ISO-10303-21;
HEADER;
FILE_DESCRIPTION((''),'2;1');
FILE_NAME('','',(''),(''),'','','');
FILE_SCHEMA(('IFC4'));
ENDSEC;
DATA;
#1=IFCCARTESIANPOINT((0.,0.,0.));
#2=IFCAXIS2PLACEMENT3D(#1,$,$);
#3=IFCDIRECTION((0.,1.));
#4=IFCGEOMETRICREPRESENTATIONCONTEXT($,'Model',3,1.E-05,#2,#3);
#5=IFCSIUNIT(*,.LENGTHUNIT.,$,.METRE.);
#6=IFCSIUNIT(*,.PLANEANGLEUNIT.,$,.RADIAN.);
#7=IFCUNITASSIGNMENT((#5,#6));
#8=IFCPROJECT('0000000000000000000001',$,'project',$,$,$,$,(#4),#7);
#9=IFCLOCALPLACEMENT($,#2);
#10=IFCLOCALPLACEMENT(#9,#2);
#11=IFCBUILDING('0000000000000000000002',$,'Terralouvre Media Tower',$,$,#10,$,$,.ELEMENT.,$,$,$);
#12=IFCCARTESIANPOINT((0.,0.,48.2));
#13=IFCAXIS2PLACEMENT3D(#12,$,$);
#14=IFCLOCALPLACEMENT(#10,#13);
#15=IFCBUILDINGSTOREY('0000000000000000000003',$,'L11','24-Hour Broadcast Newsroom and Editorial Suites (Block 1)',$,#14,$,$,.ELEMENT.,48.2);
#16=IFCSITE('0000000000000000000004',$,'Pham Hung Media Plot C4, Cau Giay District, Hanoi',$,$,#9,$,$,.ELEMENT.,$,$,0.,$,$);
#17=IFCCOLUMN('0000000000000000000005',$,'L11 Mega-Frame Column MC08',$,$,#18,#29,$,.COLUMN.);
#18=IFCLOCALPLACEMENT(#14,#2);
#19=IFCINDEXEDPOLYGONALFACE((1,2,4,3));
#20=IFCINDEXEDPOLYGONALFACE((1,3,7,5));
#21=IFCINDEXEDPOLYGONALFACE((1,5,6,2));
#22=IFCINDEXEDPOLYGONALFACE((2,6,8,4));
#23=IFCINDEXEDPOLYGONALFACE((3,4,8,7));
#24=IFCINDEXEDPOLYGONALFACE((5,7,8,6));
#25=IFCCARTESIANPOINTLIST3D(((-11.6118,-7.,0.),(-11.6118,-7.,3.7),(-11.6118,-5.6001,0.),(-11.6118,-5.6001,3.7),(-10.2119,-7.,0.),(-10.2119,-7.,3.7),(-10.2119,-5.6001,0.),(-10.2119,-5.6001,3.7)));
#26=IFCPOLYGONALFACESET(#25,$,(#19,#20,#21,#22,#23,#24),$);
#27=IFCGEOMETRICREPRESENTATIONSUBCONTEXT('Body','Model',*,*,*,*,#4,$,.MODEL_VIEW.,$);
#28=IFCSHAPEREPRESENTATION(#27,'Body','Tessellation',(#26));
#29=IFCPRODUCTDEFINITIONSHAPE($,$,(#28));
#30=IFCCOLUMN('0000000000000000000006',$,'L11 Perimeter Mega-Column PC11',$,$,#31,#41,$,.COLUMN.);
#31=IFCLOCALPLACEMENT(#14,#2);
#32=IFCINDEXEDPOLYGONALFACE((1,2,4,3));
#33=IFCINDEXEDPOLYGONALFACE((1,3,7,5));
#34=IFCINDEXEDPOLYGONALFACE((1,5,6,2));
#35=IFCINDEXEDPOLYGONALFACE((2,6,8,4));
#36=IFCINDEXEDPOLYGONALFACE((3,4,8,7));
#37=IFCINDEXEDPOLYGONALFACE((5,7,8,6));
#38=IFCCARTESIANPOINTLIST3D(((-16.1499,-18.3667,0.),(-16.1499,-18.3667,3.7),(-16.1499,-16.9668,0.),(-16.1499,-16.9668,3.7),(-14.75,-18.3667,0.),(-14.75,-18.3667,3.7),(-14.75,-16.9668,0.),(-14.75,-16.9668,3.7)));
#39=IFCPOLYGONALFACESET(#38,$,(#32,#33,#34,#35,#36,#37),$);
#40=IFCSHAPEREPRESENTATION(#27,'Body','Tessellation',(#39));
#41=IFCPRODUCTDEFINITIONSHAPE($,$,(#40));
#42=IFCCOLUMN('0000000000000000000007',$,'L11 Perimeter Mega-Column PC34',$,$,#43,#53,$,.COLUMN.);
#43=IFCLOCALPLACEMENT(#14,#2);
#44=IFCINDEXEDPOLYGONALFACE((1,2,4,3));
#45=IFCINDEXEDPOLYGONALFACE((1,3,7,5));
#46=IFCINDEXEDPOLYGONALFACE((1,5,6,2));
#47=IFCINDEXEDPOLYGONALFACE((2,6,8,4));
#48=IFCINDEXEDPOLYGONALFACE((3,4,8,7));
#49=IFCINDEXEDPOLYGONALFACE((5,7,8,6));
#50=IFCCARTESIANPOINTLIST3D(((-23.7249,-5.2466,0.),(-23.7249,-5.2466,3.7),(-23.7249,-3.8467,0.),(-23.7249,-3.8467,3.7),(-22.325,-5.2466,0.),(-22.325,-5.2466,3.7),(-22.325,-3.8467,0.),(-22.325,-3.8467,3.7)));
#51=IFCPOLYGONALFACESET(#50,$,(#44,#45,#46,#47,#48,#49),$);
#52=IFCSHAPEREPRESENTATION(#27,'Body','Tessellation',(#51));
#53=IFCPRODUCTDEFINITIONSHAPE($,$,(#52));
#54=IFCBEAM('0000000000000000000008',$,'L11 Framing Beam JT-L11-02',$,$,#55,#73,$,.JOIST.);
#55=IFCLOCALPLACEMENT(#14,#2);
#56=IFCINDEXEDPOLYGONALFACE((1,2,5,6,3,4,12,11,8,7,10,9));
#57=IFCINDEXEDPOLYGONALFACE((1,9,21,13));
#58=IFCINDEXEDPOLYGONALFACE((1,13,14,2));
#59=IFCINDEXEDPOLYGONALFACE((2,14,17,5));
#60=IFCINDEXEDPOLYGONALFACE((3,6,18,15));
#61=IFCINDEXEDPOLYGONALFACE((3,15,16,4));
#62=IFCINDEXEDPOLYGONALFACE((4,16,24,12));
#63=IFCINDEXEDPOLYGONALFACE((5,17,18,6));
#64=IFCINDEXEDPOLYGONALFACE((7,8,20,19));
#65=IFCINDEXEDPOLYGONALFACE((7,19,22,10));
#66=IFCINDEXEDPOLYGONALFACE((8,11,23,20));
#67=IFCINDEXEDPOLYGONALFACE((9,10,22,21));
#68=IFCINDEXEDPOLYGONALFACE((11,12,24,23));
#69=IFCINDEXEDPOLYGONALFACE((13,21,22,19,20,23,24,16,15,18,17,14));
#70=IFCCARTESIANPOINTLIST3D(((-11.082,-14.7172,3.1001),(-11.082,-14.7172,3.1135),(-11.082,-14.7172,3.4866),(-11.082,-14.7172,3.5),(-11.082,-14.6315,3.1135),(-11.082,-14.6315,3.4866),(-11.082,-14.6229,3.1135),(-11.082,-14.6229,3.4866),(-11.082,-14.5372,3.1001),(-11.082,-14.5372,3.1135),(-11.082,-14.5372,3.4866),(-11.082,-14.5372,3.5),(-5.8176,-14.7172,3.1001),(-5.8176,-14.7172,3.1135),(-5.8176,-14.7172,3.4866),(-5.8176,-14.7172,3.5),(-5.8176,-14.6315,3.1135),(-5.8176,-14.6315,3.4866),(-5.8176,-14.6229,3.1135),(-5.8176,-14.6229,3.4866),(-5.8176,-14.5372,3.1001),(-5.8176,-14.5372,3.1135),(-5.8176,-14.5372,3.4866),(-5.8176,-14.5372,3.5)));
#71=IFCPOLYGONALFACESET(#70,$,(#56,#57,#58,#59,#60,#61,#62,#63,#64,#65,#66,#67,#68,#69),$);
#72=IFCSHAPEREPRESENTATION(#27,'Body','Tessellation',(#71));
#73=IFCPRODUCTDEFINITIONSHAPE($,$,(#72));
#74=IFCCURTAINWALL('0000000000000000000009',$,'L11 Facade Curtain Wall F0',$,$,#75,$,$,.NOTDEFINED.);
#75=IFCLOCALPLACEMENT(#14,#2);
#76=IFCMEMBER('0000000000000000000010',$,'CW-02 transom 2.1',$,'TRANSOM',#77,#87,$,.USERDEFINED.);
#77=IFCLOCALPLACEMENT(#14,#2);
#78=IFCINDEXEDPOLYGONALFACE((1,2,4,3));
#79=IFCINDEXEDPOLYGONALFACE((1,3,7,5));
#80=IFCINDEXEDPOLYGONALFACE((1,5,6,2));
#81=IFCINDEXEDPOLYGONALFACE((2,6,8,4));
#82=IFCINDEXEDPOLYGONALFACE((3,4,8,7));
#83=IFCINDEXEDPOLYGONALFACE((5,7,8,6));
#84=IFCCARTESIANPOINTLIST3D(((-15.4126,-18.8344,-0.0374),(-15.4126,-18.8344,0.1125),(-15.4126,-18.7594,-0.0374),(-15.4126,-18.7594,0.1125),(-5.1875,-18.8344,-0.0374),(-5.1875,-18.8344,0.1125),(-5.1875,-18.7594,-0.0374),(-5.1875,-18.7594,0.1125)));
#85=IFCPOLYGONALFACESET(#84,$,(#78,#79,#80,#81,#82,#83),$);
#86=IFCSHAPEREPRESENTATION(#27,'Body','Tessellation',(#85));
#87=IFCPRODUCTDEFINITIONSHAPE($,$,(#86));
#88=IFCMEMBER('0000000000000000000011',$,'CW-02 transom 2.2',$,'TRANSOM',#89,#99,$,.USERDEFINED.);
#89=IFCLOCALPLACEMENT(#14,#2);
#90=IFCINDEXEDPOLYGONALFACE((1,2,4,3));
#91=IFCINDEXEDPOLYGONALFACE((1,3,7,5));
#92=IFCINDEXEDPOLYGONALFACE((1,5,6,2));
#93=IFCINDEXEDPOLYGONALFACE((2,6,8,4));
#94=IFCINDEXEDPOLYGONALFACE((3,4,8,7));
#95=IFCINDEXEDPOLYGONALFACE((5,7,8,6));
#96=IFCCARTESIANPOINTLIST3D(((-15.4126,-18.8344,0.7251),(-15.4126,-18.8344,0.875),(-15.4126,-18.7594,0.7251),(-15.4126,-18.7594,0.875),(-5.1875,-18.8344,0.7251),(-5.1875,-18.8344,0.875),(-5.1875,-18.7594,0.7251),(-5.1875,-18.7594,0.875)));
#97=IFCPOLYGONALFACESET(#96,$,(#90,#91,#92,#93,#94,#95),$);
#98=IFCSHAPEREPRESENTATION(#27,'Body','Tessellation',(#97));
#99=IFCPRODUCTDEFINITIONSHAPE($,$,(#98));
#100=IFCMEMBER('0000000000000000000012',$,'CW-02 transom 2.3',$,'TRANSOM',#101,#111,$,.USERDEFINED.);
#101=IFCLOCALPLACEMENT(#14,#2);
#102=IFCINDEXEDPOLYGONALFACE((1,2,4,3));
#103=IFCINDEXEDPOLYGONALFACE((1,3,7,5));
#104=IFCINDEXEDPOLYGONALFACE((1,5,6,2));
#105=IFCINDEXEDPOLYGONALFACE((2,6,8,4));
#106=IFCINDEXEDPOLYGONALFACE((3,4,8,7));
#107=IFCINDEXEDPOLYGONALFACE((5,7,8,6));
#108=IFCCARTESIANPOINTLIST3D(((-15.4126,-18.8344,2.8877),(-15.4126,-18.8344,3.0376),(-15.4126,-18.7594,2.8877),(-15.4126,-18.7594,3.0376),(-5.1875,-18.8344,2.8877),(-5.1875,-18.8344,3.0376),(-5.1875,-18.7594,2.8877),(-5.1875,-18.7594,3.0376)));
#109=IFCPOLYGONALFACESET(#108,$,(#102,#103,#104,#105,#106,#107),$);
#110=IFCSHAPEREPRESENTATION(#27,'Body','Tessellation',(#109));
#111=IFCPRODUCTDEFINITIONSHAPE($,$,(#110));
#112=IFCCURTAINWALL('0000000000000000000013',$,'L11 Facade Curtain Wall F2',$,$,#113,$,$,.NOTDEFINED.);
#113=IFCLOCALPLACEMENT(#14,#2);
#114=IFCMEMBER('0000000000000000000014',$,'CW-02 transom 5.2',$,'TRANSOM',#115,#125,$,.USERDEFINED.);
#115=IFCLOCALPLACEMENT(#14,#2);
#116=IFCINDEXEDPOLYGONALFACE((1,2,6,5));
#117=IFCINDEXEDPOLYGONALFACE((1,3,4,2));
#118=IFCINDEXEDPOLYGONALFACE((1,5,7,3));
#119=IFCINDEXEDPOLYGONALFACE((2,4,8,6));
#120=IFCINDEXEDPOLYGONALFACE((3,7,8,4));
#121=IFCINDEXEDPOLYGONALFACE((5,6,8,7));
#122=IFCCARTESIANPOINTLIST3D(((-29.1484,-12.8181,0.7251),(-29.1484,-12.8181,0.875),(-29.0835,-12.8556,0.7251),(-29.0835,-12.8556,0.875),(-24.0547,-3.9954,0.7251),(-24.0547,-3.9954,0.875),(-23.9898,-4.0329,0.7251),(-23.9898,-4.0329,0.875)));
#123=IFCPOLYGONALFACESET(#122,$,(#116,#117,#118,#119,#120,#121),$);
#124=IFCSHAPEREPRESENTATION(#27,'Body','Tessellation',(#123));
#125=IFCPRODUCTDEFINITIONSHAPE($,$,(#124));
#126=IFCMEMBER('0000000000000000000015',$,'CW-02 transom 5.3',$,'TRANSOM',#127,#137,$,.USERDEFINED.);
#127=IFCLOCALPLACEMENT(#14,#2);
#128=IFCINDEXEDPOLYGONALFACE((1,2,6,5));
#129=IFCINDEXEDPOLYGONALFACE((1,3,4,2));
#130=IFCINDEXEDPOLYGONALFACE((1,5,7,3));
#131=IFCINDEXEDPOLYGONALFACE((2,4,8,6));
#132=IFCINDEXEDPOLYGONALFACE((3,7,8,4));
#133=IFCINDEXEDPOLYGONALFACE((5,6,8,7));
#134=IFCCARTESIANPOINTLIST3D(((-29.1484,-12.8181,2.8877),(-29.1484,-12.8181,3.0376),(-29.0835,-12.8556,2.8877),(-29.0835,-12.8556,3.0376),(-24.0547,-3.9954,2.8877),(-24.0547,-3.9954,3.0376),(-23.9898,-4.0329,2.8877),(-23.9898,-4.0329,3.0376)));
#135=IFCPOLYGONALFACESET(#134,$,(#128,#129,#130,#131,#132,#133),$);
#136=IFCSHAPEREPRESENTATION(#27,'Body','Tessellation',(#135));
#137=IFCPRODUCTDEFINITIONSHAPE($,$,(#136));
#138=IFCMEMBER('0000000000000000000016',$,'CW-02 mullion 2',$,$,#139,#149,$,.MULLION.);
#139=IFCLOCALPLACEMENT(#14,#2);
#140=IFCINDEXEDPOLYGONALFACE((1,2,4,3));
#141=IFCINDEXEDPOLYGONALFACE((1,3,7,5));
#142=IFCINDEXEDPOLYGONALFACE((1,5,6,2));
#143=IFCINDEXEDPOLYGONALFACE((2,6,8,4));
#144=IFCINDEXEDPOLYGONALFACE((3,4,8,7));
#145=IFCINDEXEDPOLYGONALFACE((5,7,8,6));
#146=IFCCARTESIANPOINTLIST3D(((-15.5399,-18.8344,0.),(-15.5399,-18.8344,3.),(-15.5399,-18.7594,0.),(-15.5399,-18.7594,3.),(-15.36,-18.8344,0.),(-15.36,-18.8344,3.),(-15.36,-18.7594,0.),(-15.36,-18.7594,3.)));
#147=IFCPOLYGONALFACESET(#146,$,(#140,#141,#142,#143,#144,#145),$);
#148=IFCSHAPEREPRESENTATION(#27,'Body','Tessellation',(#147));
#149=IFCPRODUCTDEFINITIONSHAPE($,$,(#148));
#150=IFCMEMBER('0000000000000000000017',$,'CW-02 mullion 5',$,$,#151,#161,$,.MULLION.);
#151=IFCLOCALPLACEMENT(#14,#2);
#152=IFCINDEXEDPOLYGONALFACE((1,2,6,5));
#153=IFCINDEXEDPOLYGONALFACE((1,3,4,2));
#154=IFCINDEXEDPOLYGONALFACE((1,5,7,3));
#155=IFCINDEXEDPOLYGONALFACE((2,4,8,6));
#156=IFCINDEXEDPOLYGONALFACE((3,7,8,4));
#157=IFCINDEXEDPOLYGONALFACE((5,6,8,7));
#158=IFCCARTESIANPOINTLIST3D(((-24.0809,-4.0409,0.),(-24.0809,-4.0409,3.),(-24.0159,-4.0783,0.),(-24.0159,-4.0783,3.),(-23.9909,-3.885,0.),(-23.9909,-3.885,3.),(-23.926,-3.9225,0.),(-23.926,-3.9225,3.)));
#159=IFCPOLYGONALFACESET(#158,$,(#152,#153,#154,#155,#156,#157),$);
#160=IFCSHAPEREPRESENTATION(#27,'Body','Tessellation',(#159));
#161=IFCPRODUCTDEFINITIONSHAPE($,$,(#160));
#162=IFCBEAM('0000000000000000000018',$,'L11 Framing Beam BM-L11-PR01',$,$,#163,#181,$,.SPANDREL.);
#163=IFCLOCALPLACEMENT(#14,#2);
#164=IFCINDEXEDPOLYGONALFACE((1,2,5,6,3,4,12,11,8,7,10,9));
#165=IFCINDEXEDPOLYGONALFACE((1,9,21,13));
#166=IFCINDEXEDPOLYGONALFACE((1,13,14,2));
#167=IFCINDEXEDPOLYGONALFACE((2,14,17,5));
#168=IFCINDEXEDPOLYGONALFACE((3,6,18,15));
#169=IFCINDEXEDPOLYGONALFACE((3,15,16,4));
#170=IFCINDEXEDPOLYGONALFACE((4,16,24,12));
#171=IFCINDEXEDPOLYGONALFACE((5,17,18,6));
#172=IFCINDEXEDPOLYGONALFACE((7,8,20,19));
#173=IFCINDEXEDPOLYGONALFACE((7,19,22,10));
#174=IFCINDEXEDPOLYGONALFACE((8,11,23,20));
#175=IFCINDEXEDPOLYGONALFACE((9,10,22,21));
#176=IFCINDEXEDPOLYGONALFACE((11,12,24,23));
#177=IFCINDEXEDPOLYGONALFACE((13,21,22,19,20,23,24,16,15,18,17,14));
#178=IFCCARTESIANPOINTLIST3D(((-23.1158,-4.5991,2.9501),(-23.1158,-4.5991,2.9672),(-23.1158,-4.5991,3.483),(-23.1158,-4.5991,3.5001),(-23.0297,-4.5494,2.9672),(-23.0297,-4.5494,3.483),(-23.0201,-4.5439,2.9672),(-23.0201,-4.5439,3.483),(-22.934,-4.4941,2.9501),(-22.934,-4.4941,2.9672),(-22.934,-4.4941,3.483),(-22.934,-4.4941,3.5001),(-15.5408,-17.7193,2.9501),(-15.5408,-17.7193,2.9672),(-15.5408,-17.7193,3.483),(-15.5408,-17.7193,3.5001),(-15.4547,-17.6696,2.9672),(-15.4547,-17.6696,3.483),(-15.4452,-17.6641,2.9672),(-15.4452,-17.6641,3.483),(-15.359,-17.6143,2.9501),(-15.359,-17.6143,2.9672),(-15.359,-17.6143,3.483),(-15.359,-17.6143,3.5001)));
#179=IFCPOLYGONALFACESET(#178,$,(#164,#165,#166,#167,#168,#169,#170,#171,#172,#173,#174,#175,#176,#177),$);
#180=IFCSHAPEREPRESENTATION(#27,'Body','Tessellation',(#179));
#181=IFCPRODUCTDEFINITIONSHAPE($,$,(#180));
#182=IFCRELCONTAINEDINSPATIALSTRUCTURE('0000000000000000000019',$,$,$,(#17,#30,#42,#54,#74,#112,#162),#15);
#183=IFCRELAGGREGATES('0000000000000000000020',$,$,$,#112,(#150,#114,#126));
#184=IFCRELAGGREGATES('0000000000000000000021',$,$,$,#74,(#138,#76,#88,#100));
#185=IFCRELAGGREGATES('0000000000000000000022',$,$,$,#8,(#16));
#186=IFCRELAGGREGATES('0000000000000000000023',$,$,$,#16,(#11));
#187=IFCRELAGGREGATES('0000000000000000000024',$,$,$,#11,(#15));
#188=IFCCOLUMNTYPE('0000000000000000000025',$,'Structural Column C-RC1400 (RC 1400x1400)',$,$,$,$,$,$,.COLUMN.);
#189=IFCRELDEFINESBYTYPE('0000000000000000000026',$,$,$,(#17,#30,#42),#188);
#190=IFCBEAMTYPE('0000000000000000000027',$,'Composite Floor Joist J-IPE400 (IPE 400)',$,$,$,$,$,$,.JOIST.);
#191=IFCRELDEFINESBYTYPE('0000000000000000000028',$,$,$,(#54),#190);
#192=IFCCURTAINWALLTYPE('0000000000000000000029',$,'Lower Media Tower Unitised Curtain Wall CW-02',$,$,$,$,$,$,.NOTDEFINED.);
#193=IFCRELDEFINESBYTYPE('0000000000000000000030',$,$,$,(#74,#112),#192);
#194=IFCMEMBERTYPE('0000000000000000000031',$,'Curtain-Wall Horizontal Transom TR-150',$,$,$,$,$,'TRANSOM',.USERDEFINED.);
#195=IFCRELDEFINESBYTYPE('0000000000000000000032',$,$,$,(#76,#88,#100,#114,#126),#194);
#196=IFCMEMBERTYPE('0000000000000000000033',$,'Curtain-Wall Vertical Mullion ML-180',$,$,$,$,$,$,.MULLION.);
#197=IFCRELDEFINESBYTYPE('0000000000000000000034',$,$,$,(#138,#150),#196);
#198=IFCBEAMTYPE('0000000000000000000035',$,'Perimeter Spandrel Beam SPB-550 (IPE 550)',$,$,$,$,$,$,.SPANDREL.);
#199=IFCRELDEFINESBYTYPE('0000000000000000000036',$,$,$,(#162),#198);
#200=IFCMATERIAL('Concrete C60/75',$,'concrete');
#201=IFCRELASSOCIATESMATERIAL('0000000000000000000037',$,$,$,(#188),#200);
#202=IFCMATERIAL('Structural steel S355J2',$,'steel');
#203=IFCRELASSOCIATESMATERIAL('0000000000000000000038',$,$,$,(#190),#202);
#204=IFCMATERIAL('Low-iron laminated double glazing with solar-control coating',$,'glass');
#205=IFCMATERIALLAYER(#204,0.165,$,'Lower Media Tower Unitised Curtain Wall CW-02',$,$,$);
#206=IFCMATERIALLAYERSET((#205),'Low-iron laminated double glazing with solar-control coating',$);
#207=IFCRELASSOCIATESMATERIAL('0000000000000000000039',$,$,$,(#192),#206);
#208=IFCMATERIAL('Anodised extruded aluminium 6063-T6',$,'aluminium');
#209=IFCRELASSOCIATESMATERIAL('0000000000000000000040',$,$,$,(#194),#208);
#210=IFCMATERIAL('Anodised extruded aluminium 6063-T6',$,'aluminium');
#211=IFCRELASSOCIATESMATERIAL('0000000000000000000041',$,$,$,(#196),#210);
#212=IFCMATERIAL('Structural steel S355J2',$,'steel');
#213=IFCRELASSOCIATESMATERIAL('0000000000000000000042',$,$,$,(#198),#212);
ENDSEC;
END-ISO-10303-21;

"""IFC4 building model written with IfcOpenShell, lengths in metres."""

from ifc_helpers import new_model, si_unit, direction, frame, origin, origin_2d, place, context, subcontext, project, spatial, rectangle, i_section, extrude, material, layer, layer_set, material_profile, profile_set, type_object, element, aggregate, save


model = new_model("IFC4")

# Units and contexts
model_context = context("Model", 3, precision=1e-05, world=origin(), true_north=direction((0.0, 1.0)))
body_context = subcontext(model_context, "Body", "Model", "MODEL_VIEW")
ifc_project = project(units=[si_unit("LENGTHUNIT", "METRE"), si_unit("PLANEANGLEUNIT", "RADIAN")], contexts=[model_context])

# Site, building, storey
site_placement = place(None, origin())
site = spatial("IfcSite", under=ifc_project, at=site_placement, Name="Pham Hung Media Plot C4, Cau Giay District, Hanoi", CompositionType="ELEMENT", RefElevation=0.0)
building_placement = place(site_placement, origin())
building = spatial("IfcBuilding", under=site, at=building_placement, Name="Terralouvre Media Tower", CompositionType="ELEMENT")
storey_placement = place(building_placement, frame((0.0, 0.0, 48.2)))
storey = spatial("IfcBuildingStorey", under=building, at=storey_placement, Name="L11", Description="24-Hour Broadcast Newsroom and Editorial Suites (Block 1)", CompositionType="ELEMENT", Elevation=48.2)

# Columns
ifc_material_1 = material(Name="Concrete C60/75", Category="concrete")
ifc_material_profile_1 = material_profile(ifc_material_1, rectangle(XDim=1.3999, YDim=1.3999, at=origin_2d()), Name="RC 1400x1400")
ifc_profile_set_1 = profile_set([ifc_material_profile_1], Name="Concrete C60/75")
column_type = type_object("IfcColumnType", Name="Structural Column C-RC1400 (RC 1400x1400)", PredefinedType="COLUMN", material=ifc_profile_set_1)
for number, where, z_axis, x_axis, name in (
    (1, (-10.9119, -6.3, 0.0), (0.0, 0.0, 1.0), (1.0, 0.0, 0.0), "L11 Mega-Frame Column MC08"),
    (2, (-15.45, -17.6667, 0.0), (0.0, 0.0, 1.0), (1.0, 0.0, 0.0), "L11 Perimeter Mega-Column PC11"),
    (3, (-23.0249, -4.5466, 0.0), (0.0, 0.0, 1.0), (1.0, 0.0, 0.0), "L11 Perimeter Mega-Column PC34"),
):
    element("IfcColumn", number, at=place(storey_placement, frame(where, z_axis=z_axis, x_axis=x_axis)), inside=storey, type_object=column_type, Name=name, PredefinedType="COLUMN", context=body_context, shape_type="SweptSolid", body=[
        extrude(rectangle(XDim=1.3999, YDim=1.3999, at=origin_2d()), origin(), (0.0, 0.0, 1.0), 3.7),
    ])

# Beam
ifc_material_2 = material(Name="Structural steel S355J2", Category="steel")
ifc_material_profile_2 = material_profile(ifc_material_2, i_section(OverallWidth=0.1799, OverallDepth=0.3999, WebThickness=0.0085, FlangeThickness=0.0134, at=origin_2d()), Name="IPE 400")
ifc_profile_set_2 = profile_set([ifc_material_profile_2], Name="Structural steel S355J2")
beam_type_1 = type_object("IfcBeamType", Name="Composite Floor Joist J-IPE400 (IPE 400)", PredefinedType="JOIST", material=ifc_profile_set_2)
beam_1_placement = place(storey_placement, frame((-11.082, -14.6272, 3.3), z_axis=(1.0, 0.0, 0.0), x_axis=(0.0, 1.0, 0.0)))
element("IfcBeam", 4, at=beam_1_placement, inside=storey, type_object=beam_type_1, Name="L11 Framing Beam JT-L11-02", PredefinedType="JOIST", context=body_context, shape_type="SweptSolid", body=[
    extrude(i_section(OverallWidth=0.1799, OverallDepth=0.3999, WebThickness=0.0085, FlangeThickness=0.0134, at=origin_2d()), origin(), (0.0, 0.0, 1.0), 5.2644),
])

# Curtain walls, members
ifc_material_3 = material(Name="Low-iron laminated double glazing with solar-control coating", Category="glass")
ifc_layer_1 = layer(ifc_material_3, 0.165, Name="Lower Media Tower Unitised Curtain Wall CW-02")
ifc_layer_set_1 = layer_set([ifc_layer_1], Name="Low-iron laminated double glazing with solar-control coating")
curtain_wall_type = type_object("IfcCurtainWallType", Name="Lower Media Tower Unitised Curtain Wall CW-02", PredefinedType="NOTDEFINED", material=ifc_layer_set_1)
curtain_wall_1_placement = place(storey_placement, origin())
curtain_wall_1 = element("IfcCurtainWall", 5, at=curtain_wall_1_placement, inside=storey, type_object=curtain_wall_type, Name="L11 Facade Curtain Wall F0", PredefinedType="NOTDEFINED")
ifc_material_4 = material(Name="Anodised extruded aluminium 6063-T6", Category="aluminium")
ifc_material_profile_3 = material_profile(ifc_material_4, rectangle(XDim=0.075, YDim=0.1499, at=origin_2d()), Name="ALU 75x150")
ifc_profile_set_3 = profile_set([ifc_material_profile_3], Name="Anodised extruded aluminium 6063-T6")
member_type_1 = type_object("IfcMemberType", Name="Curtain-Wall Horizontal Transom TR-150", ElementType="TRANSOM", PredefinedType="USERDEFINED", material=ifc_profile_set_3)
member_1_placement = place(storey_placement, frame((-15.4126, -18.7969, 0.0376), z_axis=(1.0, 0.0, 0.0), x_axis=(0.0, 1.0, 0.0)))
member_1 = element("IfcMember", 6, at=member_1_placement, type_object=member_type_1, Name="CW-02 transom 2.1", ObjectType="TRANSOM", PredefinedType="USERDEFINED", context=body_context, shape_type="SweptSolid", body=[
    extrude(rectangle(XDim=0.075, YDim=0.1499, at=origin_2d()), origin(), (0.0, 0.0, 1.0), 10.2251),
])
member_2_placement = place(storey_placement, frame((-15.4126, -18.7969, 0.8), z_axis=(1.0, 0.0, 0.0), x_axis=(0.0, 1.0, 0.0)))
member_2 = element("IfcMember", 7, at=member_2_placement, type_object=member_type_1, Name="CW-02 transom 2.2", ObjectType="TRANSOM", PredefinedType="USERDEFINED", context=body_context, shape_type="SweptSolid", body=[
    extrude(rectangle(XDim=0.075, YDim=0.1499, at=origin_2d()), origin(), (0.0, 0.0, 1.0), 10.2251),
])
member_3_placement = place(storey_placement, frame((-15.4126, -18.7969, 2.9626), z_axis=(1.0, 0.0, 0.0), x_axis=(0.0, 1.0, 0.0)))
member_3 = element("IfcMember", 8, at=member_3_placement, type_object=member_type_1, Name="CW-02 transom 2.3", ObjectType="TRANSOM", PredefinedType="USERDEFINED", context=body_context, shape_type="SweptSolid", body=[
    extrude(rectangle(XDim=0.075, YDim=0.1499, at=origin_2d()), origin(), (0.0, 0.0, 1.0), 10.2251),
])
curtain_wall_2_placement = place(storey_placement, origin())
curtain_wall_2 = element("IfcCurtainWall", 9, at=curtain_wall_2_placement, inside=storey, type_object=curtain_wall_type, Name="L11 Facade Curtain Wall F2", PredefinedType="NOTDEFINED")
member_4_placement = place(storey_placement, frame((-24.0222, -4.0142, 0.8), z_axis=(-0.499995, -0.866028, 0.0), x_axis=(0.866028, -0.499995, 0.0)))
member_4 = element("IfcMember", 10, at=member_4_placement, type_object=member_type_1, Name="CW-02 transom 5.2", ObjectType="TRANSOM", PredefinedType="USERDEFINED", context=body_context, shape_type="SweptSolid", body=[
    extrude(rectangle(XDim=0.075, YDim=0.1499, at=origin_2d()), origin(), (0.0, 0.0, 1.0), 10.1875),
])
member_5_placement = place(storey_placement, frame((-24.0222, -4.0142, 2.9626), z_axis=(-0.499995, -0.866028, 0.0), x_axis=(0.866028, -0.499995, 0.0)))
member_5 = element("IfcMember", 11, at=member_5_placement, type_object=member_type_1, Name="CW-02 transom 5.3", ObjectType="TRANSOM", PredefinedType="USERDEFINED", context=body_context, shape_type="SweptSolid", body=[
    extrude(rectangle(XDim=0.075, YDim=0.1499, at=origin_2d()), origin(), (0.0, 0.0, 1.0), 10.1875),
])

# Members
ifc_material_5 = material(Name="Anodised extruded aluminium 6063-T6", Category="aluminium")
ifc_material_profile_4 = material_profile(ifc_material_5, rectangle(XDim=0.075, YDim=0.1799, at=origin_2d()), Name="ALU 75x180")
ifc_profile_set_4 = profile_set([ifc_material_profile_4], Name="Anodised extruded aluminium 6063-T6")
member_type_2 = type_object("IfcMemberType", Name="Curtain-Wall Vertical Mullion ML-180", PredefinedType="MULLION", material=ifc_profile_set_4)
member_6_placement = place(storey_placement, frame((-15.45, -18.7969, 0.0), z_axis=(0.0, 0.0, 1.0), x_axis=(0.0, 1.0, 0.0)))
member_6 = element("IfcMember", 12, at=member_6_placement, type_object=member_type_2, Name="CW-02 mullion 2", PredefinedType="MULLION", context=body_context, shape_type="SweptSolid", body=[
    extrude(rectangle(XDim=0.075, YDim=0.1799, at=origin_2d()), origin(), (0.0, 0.0, 1.0), 3.0),
])
member_7_placement = place(storey_placement, frame((-24.0034, -3.9817, 0.0), z_axis=(0.0, 0.0, 1.0), x_axis=(0.866025, -0.5, 0.0)))
member_7 = element("IfcMember", 13, at=member_7_placement, type_object=member_type_2, Name="CW-02 mullion 5", PredefinedType="MULLION", context=body_context, shape_type="SweptSolid", body=[
    extrude(rectangle(XDim=0.075, YDim=0.1799, at=origin_2d()), origin(), (0.0, 0.0, 1.0), 3.0),
])
aggregate(curtain_wall_2, [member_7, member_4, member_5])

# Beam
ifc_material_6 = material(Name="Structural steel S355J2", Category="steel")
ifc_material_profile_5 = material_profile(ifc_material_6, i_section(OverallWidth=0.21, OverallDepth=0.55, WebThickness=0.011, FlangeThickness=0.0171, at=origin_2d()), Name="IPE 550")
ifc_profile_set_5 = profile_set([ifc_material_profile_5], Name="Structural steel S355J2")
beam_type_2 = type_object("IfcBeamType", Name="Perimeter Spandrel Beam SPB-550 (IPE 550)", PredefinedType="SPANDREL", material=ifc_profile_set_5)
beam_2_placement = place(storey_placement, frame((-23.0249, -4.5466, 3.2251), z_axis=(0.500002, -0.866024, 0.0), x_axis=(0.866024, 0.500002, 0.0)))
element("IfcBeam", 14, at=beam_2_placement, inside=storey, type_object=beam_type_2, Name="L11 Framing Beam BM-L11-PR01", PredefinedType="SPANDREL", context=body_context, shape_type="SweptSolid", body=[
    extrude(i_section(OverallWidth=0.21, OverallDepth=0.55, WebThickness=0.011, FlangeThickness=0.0171, at=origin_2d()), origin(), (0.0, 0.0, 1.0), 15.1499),
])

aggregate(curtain_wall_1, [member_6, member_1, member_2, member_3])

save(model, "model.ifc")
